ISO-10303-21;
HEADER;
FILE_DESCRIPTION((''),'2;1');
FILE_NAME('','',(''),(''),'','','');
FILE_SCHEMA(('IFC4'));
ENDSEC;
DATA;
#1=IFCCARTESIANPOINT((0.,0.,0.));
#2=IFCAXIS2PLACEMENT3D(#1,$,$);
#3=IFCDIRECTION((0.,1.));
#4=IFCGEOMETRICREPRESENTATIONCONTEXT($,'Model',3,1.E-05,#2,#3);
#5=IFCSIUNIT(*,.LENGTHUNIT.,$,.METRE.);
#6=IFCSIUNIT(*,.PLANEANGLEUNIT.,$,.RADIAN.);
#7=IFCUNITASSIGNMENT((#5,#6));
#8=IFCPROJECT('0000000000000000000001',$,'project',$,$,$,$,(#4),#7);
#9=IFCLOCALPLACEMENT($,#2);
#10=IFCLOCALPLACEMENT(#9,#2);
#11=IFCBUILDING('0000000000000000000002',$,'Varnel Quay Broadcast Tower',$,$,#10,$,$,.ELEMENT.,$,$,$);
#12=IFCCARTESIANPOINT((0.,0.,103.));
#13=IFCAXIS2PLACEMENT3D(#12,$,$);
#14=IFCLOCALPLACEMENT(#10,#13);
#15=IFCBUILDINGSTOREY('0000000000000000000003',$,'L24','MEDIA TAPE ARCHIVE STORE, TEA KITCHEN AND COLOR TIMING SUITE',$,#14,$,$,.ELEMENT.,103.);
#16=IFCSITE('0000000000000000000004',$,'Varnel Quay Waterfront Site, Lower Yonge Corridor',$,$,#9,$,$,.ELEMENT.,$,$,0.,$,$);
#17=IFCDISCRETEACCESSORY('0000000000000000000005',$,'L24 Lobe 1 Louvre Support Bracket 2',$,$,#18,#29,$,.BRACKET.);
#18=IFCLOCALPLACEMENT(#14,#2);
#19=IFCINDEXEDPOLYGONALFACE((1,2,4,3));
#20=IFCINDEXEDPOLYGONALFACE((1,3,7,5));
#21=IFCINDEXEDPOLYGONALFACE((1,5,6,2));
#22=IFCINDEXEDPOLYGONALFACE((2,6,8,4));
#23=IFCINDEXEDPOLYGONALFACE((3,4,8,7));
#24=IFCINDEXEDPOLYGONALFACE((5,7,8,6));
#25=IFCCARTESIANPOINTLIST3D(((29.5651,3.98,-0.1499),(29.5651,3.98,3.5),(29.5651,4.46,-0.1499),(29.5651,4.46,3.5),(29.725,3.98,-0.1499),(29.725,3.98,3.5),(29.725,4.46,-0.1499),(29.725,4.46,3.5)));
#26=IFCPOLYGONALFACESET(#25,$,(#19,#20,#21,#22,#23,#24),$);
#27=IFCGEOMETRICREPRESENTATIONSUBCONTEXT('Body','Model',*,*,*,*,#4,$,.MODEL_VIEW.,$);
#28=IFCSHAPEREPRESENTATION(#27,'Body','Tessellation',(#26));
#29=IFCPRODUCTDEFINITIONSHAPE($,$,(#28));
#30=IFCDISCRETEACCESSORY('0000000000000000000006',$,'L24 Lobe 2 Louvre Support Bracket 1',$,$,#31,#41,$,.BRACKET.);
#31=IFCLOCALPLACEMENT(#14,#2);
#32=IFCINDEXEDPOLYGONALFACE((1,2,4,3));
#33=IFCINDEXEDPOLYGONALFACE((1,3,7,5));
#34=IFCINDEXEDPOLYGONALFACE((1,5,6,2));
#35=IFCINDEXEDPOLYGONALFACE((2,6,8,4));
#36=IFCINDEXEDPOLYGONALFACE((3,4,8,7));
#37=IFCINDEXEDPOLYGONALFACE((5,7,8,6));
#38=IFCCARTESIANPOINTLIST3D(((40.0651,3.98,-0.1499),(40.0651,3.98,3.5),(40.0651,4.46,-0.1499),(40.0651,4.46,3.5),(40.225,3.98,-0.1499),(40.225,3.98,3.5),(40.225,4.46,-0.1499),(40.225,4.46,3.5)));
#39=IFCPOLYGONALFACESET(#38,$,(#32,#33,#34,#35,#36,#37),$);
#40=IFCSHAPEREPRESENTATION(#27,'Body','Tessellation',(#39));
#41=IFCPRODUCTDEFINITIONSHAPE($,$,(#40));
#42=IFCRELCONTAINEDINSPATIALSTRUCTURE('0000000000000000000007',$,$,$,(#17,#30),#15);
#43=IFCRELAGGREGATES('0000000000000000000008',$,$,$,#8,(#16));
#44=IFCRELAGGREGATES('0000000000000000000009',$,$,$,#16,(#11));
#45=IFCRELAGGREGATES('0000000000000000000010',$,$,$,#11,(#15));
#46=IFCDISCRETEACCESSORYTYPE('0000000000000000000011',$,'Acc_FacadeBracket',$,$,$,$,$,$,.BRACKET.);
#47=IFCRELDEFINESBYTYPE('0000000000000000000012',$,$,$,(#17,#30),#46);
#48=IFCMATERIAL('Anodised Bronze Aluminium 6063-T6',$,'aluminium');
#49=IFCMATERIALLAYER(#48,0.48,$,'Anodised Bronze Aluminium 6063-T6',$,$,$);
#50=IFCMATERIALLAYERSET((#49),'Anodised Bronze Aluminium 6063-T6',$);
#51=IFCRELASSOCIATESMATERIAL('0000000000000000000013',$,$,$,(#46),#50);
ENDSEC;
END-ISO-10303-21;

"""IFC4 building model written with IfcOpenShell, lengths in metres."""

from ifc_helpers import new_model, si_unit, direction, frame, origin, origin_2d, place, context, subcontext, project, spatial, rectangle, extrude, source, transform, mapped, material, layer, layer_set, type_object, type_shapes, element, save


model = new_model("IFC4")

# Units and contexts
model_context = context("Model", 3, precision=1e-05, world=origin(), true_north=direction((0.0, 1.0)))
body_context = subcontext(model_context, "Body", "Model", "MODEL_VIEW")
ifc_project = project(units=[si_unit("LENGTHUNIT", "METRE"), si_unit("PLANEANGLEUNIT", "RADIAN")], contexts=[model_context])

# Site, building, storey
site_placement = place(None, origin())
site = spatial("IfcSite", under=ifc_project, at=site_placement, Name="Varnel Quay Waterfront Site, Lower Yonge Corridor", CompositionType="ELEMENT", RefElevation=0.0)
building_placement = place(site_placement, origin())
building = spatial("IfcBuilding", under=site, at=building_placement, Name="Varnel Quay Broadcast Tower", CompositionType="ELEMENT")
storey_placement = place(building_placement, frame((0.0, 0.0, 103.0)))
storey = spatial("IfcBuildingStorey", under=building, at=storey_placement, Name="L24", Description="MEDIA TAPE ARCHIVE STORE, TEA KITCHEN AND COLOR TIMING SUITE", CompositionType="ELEMENT", Elevation=103.0)

# Shared definitions
ifc_material_1 = material(Name="Anodised Bronze Aluminium 6063-T6", Category="aluminium")

# Discrete accessories
ifc_layer_1 = layer(ifc_material_1, 0.48, Name="Anodised Bronze Aluminium 6063-T6")
ifc_layer_set_1 = layer_set([ifc_layer_1], Name="Anodised Bronze Aluminium 6063-T6")
discrete_accessory_type = type_object("IfcDiscreteAccessoryType", Name="Acc_FacadeBracket", PredefinedType="BRACKET", material=ifc_layer_set_1)
shared_shape_1 = source(origin(), body_context, "Body", "SweptSolid", [
    extrude(rectangle(XDim=0.1599, YDim=0.48, at=origin_2d()), origin(), (0.0, 0.0, 1.0), 3.6499),
])
type_shapes(discrete_accessory_type, [shared_shape_1])
for number, where, z_axis, x_axis, name in (
    (1, (29.645, 4.22, -0.1499), (0.0, 0.0, 1.0), (1.0, 0.0, 0.0), "L24 Lobe 1 Louvre Support Bracket 2"),
    (2, (40.145, 4.22, -0.1499), (0.0, 0.0, 1.0), (1.0, 0.0, 0.0), "L24 Lobe 2 Louvre Support Bracket 1"),
):
    element("IfcDiscreteAccessory", number, at=place(storey_placement, frame(where, z_axis=z_axis, x_axis=x_axis)), inside=storey, type_object=discrete_accessory_type, Name=name, PredefinedType="BRACKET", context=body_context, shape_type="MappedRepresentation", body=[
        mapped(shared_shape_1, transform((0.0, 0.0, 0.0), x_axis=(1.0, 0.0, 0.0), y_axis=(0.0, 1.0, 0.0), z_axis=(0.0, 0.0, 1.0), scale=1.0)),
    ])

save(model, "model.ifc")
